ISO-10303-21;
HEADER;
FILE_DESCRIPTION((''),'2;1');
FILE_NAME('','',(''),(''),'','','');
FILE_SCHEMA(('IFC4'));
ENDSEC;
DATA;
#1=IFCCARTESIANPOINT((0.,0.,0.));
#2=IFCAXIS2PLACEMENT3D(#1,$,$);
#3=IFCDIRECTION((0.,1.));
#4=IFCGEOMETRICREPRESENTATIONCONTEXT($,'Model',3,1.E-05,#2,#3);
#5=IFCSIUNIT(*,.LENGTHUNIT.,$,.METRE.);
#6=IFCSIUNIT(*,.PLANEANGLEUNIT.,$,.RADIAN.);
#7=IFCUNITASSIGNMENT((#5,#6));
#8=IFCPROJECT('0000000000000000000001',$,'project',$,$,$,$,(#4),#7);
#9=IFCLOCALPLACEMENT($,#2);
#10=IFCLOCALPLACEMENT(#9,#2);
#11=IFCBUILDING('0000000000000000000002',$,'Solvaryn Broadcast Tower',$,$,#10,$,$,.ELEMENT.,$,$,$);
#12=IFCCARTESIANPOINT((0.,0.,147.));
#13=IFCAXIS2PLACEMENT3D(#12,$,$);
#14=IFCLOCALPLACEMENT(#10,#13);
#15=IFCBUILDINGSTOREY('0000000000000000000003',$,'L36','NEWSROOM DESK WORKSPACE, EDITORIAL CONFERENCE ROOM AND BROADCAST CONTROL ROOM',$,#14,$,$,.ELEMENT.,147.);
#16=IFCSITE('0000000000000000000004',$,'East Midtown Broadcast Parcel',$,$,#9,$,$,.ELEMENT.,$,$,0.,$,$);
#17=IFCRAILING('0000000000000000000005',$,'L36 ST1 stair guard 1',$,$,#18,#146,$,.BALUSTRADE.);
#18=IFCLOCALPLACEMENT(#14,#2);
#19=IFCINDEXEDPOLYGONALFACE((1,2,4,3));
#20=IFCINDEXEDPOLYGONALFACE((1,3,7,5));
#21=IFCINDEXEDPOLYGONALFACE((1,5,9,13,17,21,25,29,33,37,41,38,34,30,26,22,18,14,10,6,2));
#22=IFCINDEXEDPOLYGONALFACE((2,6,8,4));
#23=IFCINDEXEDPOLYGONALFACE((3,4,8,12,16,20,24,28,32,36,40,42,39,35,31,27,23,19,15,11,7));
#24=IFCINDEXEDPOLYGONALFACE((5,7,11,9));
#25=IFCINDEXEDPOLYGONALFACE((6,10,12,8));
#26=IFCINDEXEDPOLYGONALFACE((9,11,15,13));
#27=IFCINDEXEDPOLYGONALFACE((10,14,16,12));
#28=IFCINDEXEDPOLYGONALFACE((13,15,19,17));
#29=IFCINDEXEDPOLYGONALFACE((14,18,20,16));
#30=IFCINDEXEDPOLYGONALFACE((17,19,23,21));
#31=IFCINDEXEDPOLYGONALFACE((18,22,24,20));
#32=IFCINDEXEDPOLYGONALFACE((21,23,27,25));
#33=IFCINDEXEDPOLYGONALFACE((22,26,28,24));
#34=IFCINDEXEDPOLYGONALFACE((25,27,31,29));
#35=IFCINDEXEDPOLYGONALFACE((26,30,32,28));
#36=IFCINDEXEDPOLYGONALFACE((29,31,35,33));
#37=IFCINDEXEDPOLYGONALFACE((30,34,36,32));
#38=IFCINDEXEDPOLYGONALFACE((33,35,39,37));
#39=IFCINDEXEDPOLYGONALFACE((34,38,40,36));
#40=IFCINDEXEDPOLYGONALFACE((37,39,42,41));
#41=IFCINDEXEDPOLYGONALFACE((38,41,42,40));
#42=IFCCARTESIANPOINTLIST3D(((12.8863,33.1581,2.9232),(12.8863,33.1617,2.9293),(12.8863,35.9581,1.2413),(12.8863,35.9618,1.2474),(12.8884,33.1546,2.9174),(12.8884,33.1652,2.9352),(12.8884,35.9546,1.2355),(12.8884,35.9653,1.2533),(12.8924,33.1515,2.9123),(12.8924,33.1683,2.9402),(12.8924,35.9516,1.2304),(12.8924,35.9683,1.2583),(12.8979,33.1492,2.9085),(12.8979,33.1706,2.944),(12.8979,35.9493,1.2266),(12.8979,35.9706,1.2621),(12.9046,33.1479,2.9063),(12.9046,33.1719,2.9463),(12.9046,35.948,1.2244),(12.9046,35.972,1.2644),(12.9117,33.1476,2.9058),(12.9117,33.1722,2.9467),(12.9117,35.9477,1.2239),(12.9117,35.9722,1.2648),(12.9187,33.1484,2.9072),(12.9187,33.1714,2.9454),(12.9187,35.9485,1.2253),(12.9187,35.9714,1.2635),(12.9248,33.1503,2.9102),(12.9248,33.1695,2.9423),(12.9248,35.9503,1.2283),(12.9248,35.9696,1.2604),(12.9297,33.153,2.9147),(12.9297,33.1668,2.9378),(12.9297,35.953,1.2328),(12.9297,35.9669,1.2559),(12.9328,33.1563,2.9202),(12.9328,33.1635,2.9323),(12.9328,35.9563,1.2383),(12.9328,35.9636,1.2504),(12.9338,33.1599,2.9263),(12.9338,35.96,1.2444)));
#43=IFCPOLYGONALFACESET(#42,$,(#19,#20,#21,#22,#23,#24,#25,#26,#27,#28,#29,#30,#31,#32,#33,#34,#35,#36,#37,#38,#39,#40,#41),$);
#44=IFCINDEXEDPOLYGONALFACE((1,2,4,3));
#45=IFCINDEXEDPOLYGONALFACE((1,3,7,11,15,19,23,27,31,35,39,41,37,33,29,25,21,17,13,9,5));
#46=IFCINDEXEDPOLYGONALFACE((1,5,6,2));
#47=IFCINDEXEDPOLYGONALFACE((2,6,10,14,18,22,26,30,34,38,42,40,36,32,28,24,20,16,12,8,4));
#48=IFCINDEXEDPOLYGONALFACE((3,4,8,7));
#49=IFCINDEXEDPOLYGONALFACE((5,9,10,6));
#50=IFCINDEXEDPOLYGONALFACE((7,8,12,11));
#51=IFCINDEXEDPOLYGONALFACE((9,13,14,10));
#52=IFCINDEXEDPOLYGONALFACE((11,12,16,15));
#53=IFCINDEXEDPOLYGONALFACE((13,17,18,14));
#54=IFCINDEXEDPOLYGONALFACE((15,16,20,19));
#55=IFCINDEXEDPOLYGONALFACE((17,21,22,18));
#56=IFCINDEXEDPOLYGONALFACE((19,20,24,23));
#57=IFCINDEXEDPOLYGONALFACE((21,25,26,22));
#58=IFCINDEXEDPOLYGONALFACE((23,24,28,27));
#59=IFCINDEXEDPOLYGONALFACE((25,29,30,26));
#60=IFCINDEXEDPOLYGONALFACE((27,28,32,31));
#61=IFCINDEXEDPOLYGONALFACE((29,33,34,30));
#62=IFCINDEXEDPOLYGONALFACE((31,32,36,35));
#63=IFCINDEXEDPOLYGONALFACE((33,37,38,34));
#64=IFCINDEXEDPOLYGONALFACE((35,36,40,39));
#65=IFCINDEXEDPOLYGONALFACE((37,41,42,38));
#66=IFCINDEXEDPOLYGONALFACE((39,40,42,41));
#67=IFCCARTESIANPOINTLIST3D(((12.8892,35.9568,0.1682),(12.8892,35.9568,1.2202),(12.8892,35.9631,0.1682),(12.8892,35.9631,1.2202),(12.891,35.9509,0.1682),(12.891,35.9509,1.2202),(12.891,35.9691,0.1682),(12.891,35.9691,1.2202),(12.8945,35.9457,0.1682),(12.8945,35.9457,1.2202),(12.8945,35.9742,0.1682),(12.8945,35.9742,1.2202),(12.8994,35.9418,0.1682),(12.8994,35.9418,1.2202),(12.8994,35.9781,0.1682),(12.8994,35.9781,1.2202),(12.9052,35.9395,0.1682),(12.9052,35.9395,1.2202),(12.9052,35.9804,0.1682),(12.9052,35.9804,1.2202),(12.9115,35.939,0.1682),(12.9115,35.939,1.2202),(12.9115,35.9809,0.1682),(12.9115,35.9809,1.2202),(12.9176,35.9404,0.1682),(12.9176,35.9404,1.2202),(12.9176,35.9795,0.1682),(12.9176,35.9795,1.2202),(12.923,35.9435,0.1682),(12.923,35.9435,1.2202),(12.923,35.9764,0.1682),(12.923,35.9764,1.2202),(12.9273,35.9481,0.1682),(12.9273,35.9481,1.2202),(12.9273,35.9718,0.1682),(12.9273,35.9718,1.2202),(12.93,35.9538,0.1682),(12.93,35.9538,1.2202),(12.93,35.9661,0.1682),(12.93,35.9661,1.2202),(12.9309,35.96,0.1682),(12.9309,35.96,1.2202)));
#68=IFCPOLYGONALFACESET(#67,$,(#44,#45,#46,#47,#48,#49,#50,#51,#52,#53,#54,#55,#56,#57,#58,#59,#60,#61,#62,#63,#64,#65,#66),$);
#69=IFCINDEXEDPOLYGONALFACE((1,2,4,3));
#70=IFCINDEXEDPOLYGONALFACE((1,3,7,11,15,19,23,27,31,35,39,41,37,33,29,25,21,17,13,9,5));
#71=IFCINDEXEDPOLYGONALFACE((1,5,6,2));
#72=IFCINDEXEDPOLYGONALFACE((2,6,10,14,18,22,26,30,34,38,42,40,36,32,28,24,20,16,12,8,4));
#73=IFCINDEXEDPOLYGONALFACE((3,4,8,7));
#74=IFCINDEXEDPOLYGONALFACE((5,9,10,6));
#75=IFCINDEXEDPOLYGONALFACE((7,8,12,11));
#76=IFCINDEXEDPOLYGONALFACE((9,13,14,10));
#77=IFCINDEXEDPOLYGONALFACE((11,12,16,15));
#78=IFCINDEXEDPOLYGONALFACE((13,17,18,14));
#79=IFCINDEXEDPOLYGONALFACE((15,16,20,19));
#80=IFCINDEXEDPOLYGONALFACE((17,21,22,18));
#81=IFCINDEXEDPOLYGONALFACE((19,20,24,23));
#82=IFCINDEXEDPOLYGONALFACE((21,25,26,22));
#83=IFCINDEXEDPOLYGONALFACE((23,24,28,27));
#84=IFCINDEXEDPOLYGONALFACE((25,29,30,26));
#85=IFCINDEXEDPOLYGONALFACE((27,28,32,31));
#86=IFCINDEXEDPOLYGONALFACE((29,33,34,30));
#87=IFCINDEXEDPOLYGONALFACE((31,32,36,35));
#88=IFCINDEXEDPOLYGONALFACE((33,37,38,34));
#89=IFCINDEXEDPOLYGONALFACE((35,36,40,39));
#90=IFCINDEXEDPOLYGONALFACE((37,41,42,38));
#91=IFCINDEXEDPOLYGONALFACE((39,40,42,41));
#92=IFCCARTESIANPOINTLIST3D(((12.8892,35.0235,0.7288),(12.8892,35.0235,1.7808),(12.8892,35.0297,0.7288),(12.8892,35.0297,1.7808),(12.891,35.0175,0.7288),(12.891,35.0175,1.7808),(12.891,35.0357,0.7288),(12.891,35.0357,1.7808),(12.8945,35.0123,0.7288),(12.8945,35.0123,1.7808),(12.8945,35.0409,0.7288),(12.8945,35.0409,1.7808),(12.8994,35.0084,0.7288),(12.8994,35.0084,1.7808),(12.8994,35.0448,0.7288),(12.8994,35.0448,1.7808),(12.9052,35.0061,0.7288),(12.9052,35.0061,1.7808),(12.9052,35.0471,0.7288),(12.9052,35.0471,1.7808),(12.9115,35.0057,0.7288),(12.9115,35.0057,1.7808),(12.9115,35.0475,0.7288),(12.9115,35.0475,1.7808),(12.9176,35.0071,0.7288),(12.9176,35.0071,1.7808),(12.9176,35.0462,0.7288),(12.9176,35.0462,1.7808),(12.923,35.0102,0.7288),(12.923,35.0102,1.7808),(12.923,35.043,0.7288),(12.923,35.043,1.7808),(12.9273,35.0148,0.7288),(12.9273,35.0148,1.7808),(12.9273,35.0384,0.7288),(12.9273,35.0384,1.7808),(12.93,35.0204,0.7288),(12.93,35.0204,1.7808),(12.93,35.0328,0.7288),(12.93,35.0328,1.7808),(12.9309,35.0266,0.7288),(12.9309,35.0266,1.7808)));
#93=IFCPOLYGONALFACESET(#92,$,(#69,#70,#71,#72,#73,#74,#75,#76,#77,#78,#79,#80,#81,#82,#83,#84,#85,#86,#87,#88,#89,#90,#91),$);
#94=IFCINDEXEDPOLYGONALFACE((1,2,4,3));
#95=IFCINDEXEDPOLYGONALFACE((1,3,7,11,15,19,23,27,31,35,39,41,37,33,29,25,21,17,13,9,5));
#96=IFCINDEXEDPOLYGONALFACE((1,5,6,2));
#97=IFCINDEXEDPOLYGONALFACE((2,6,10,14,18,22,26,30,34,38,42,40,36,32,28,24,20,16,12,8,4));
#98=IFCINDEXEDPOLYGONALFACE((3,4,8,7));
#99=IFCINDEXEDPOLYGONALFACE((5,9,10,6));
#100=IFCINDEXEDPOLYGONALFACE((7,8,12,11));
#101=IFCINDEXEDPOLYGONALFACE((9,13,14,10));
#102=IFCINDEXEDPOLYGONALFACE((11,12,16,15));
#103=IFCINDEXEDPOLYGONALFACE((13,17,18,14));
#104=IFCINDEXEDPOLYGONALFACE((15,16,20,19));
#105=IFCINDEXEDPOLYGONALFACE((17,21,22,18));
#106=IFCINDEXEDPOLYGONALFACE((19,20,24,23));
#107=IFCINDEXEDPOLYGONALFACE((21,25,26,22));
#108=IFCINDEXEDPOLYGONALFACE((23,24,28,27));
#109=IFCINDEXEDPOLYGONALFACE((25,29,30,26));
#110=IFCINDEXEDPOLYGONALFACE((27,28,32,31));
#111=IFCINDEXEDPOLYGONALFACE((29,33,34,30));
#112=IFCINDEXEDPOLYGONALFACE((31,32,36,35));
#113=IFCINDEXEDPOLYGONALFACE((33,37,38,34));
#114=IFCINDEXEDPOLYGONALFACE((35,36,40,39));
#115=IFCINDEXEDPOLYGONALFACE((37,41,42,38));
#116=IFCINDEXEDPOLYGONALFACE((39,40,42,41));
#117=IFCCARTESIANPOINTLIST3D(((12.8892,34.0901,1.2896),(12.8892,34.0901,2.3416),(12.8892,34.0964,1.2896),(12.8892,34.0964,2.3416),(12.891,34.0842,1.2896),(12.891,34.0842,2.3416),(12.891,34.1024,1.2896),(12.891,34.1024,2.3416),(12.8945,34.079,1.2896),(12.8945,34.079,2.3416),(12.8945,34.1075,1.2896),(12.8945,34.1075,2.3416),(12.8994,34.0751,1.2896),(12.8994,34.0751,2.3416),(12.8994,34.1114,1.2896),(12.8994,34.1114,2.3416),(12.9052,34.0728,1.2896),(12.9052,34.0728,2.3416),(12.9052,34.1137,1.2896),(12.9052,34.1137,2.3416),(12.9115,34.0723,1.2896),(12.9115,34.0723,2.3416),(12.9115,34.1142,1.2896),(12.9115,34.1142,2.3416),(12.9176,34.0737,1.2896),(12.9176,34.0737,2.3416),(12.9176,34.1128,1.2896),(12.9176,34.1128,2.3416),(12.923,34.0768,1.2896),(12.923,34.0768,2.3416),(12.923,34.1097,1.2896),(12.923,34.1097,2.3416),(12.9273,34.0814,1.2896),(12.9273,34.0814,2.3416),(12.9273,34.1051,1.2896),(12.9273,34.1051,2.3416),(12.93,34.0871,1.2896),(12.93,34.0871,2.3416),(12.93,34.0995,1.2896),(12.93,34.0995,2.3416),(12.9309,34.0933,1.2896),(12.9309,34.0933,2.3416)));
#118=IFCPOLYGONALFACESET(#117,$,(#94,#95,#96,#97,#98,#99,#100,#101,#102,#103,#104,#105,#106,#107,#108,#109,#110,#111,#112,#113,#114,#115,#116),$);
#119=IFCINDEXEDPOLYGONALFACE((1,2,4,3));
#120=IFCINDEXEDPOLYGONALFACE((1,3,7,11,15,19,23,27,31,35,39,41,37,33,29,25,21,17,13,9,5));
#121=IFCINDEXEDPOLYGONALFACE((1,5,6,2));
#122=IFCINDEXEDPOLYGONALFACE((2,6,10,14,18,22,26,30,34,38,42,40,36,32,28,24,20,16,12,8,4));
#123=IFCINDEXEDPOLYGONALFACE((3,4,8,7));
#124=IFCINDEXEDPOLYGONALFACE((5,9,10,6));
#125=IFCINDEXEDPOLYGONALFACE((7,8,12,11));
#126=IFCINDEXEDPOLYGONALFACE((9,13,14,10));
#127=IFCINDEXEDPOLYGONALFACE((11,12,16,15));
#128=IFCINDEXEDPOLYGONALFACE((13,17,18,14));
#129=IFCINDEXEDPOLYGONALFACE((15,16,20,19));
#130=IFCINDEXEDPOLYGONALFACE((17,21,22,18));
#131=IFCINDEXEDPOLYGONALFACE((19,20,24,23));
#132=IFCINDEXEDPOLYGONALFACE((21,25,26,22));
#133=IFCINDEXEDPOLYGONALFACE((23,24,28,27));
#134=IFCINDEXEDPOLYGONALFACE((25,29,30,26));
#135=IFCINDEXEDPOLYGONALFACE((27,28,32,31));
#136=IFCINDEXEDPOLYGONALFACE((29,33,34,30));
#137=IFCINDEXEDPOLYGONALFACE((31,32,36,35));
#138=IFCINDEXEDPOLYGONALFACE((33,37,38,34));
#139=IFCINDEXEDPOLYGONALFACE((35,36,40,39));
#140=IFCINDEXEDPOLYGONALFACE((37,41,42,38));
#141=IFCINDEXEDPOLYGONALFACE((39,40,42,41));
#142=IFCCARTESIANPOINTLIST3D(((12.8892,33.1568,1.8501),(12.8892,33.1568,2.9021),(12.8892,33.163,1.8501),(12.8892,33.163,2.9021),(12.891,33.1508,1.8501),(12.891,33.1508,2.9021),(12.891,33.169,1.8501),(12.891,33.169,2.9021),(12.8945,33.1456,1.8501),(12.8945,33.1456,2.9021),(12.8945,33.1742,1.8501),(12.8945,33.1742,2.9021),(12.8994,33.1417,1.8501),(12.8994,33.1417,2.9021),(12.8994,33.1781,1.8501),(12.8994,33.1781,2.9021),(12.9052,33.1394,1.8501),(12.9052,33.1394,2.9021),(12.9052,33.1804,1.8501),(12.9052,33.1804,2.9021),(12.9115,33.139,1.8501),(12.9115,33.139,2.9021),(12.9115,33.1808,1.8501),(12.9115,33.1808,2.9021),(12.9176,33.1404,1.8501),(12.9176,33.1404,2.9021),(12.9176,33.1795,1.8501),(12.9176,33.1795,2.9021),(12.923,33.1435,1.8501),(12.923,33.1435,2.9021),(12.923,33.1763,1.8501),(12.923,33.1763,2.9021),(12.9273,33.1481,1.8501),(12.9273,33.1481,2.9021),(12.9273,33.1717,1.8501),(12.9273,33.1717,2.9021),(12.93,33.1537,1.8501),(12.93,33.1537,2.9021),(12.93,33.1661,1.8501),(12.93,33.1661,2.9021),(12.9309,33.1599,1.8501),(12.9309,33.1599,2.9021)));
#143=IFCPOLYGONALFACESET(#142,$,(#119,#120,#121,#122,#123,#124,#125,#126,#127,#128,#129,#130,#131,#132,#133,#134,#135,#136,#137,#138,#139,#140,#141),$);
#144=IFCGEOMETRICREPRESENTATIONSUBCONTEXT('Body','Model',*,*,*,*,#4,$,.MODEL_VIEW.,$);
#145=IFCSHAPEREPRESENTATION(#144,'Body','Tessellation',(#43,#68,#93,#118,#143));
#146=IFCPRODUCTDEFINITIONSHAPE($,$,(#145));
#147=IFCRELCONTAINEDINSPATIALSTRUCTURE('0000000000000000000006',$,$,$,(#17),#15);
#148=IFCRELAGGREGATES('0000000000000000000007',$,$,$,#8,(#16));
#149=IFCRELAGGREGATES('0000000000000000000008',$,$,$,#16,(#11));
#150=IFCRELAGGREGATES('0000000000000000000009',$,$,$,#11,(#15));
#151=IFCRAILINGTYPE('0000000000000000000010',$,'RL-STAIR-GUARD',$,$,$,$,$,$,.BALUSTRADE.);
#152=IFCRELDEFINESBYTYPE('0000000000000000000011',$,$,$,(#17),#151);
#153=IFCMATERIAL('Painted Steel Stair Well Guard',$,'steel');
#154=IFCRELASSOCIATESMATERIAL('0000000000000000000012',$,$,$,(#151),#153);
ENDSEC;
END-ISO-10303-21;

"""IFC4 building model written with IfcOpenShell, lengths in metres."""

from ifc_helpers import new_model, si_unit, direction, frame, origin, origin_2d, place, context, subcontext, project, spatial, circle, extrude, material, type_object, element, save


model = new_model("IFC4")

# Units and contexts
model_context = context("Model", 3, precision=1e-05, world=origin(), true_north=direction((0.0, 1.0)))
body_context = subcontext(model_context, "Body", "Model", "MODEL_VIEW")
ifc_project = project(units=[si_unit("LENGTHUNIT", "METRE"), si_unit("PLANEANGLEUNIT", "RADIAN")], contexts=[model_context])

# Site, building, storey
site_placement = place(None, origin())
site = spatial("IfcSite", under=ifc_project, at=site_placement, Name="East Midtown Broadcast Parcel", CompositionType="ELEMENT", RefElevation=0.0)
building_placement = place(site_placement, origin())
building = spatial("IfcBuilding", under=site, at=building_placement, Name="Solvaryn Broadcast Tower", CompositionType="ELEMENT")
storey_placement = place(building_placement, frame((0.0, 0.0, 147.0)))
storey = spatial("IfcBuildingStorey", under=building, at=storey_placement, Name="L36", Description="NEWSROOM DESK WORKSPACE, EDITORIAL CONFERENCE ROOM AND BROADCAST CONTROL ROOM", CompositionType="ELEMENT", Elevation=147.0)

# Railing
ifc_material_1 = material(Name="Painted Steel Stair Well Guard", Category="steel")
railing_type_1 = type_object("IfcRailingType", Name="RL-STAIR-GUARD", PredefinedType="BALUSTRADE", material=ifc_material_1)
railing_1_placement = place(storey_placement, frame((12.9099, 35.96, 0.1682)))
element("IfcRailing", 1, at=railing_1_placement, inside=storey, type_object=railing_type_1, Name="L36 ST1 stair guard 1", PredefinedType="BALUSTRADE", context=body_context, shape_type="SweptSolid", body=[
    extrude(circle(Radius=0.0239, at=origin_2d()), frame((0.0, 0.0, 1.0762), z_axis=(0.0, -0.857242, 0.514913), x_axis=(1.0, 0.0, 0.0)), (0.0, 0.0, 1.0), 3.2664),
    extrude(circle(Radius=0.021, at=origin_2d()), origin(), (0.0, 0.0, 1.0), 1.052),
    extrude(circle(Radius=0.021, at=origin_2d()), frame((0.0, -0.9333, 0.5605)), (0.0, 0.0, 1.0), 1.052),
    extrude(circle(Radius=0.021, at=origin_2d()), frame((0.0, -1.8667, 1.1213)), (0.0, 0.0, 1.0), 1.052),
    extrude(circle(Radius=0.021, at=origin_2d()), frame((0.0, -2.8, 1.6819)), (0.0, 0.0, 1.0), 1.052),
])

save(model, "model.ifc")
